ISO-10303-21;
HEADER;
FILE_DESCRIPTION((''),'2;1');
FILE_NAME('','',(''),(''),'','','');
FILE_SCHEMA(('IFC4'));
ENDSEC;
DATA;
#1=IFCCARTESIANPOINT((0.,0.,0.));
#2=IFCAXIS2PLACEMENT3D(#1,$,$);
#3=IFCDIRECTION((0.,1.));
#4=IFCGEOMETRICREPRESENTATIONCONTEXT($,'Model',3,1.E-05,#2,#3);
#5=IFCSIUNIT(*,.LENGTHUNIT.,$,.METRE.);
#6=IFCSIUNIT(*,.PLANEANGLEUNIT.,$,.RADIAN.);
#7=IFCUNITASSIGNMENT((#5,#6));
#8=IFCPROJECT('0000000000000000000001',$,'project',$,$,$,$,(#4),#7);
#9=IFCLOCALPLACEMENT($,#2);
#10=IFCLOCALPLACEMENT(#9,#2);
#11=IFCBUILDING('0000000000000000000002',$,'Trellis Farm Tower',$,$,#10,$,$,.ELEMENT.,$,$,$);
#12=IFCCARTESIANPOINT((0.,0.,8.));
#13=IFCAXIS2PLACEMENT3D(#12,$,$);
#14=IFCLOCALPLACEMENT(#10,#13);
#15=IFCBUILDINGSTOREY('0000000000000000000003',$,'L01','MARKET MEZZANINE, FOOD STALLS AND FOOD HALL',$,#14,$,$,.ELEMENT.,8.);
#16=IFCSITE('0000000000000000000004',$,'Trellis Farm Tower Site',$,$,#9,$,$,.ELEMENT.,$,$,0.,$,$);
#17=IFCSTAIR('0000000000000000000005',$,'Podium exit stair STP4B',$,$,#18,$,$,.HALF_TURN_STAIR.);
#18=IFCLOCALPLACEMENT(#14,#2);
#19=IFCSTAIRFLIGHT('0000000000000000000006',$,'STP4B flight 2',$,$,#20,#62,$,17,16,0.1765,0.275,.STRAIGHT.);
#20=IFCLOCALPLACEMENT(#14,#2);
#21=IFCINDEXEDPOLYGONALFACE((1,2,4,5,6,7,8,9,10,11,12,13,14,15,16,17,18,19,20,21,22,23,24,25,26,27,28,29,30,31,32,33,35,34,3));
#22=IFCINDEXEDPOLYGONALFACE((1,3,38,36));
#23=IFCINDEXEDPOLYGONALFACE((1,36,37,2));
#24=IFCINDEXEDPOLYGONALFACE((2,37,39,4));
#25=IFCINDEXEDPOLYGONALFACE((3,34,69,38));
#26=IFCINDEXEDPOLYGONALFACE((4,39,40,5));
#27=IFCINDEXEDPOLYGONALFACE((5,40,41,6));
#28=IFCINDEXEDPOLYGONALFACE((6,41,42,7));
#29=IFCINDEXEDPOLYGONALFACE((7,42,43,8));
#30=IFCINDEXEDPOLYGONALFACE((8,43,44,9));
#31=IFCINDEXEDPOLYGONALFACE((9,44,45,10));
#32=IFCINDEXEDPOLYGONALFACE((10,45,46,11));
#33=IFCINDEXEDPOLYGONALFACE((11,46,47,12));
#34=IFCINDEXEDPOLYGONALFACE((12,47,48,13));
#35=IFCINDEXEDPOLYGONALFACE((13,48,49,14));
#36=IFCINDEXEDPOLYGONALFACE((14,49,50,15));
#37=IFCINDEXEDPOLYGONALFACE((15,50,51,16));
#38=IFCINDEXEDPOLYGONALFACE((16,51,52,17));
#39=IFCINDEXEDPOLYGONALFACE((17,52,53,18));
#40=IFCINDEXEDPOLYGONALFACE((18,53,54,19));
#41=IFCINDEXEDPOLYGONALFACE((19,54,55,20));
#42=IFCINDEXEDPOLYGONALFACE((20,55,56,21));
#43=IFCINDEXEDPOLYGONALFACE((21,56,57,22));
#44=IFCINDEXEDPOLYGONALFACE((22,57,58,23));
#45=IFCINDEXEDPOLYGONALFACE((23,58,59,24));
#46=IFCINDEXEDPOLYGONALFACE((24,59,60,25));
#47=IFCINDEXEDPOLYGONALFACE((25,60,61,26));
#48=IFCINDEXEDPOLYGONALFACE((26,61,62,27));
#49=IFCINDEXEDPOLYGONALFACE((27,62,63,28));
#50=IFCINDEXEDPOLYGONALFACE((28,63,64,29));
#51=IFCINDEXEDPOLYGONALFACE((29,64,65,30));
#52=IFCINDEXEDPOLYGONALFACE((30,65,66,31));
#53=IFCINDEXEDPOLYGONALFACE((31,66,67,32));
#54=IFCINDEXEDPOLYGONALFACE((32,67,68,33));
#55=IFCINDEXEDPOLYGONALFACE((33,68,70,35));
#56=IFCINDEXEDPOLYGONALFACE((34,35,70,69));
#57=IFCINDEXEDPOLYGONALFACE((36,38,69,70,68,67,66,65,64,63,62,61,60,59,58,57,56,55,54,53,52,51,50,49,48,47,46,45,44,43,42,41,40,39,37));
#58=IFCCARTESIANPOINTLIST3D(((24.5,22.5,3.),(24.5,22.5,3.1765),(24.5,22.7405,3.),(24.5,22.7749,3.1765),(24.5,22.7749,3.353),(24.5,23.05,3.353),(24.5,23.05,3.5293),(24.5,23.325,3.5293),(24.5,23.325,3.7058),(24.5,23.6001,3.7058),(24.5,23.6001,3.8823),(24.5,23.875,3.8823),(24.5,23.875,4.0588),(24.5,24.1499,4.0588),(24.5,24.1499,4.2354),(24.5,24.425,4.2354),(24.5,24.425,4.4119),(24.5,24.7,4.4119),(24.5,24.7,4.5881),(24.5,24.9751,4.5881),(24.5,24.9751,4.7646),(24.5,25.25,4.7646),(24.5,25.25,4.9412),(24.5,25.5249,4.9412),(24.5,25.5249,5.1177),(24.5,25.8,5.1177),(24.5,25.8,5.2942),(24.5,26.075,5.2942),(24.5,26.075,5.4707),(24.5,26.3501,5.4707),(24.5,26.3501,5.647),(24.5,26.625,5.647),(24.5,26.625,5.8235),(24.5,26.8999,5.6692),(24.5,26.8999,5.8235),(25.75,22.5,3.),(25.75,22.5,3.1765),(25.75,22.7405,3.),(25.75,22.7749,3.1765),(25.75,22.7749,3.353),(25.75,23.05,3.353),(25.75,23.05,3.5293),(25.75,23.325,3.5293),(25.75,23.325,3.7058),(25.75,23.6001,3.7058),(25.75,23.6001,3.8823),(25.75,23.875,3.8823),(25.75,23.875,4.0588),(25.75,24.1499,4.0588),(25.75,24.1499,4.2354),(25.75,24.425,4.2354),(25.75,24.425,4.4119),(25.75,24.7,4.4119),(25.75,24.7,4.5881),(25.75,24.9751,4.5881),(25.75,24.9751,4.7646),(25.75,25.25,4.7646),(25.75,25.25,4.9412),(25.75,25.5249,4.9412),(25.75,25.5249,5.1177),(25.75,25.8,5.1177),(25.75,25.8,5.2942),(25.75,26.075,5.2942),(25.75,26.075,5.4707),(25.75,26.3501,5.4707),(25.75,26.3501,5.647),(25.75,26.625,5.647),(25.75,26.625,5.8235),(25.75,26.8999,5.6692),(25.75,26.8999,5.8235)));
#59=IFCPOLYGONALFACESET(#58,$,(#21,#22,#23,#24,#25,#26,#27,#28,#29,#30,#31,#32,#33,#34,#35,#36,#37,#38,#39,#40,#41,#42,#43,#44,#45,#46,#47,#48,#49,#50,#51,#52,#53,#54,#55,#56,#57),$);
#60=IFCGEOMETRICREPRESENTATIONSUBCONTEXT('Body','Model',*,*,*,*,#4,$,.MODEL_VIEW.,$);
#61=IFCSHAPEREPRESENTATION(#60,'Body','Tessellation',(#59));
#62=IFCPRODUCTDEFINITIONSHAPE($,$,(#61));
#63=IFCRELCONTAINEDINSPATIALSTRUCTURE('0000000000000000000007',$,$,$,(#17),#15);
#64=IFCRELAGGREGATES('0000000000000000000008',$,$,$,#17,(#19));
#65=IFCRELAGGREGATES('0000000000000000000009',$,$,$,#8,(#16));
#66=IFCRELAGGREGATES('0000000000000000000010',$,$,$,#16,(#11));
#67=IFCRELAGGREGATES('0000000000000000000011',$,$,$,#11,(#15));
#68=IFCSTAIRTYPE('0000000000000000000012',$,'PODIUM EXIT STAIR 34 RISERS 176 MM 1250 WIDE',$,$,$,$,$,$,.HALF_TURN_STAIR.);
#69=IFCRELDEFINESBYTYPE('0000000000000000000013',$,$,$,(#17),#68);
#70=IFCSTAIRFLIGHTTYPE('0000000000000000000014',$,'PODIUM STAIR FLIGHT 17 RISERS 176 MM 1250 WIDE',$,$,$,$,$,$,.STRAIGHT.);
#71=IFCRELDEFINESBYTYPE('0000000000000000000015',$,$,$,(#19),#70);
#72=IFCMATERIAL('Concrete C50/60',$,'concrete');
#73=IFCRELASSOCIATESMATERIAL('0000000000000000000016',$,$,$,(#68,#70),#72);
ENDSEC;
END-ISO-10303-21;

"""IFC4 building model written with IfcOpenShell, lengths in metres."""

from ifc_helpers import new_model, si_unit, direction, frame, origin, place, context, subcontext, project, spatial, polyline, outline, extrude, source, transform, mapped, material, type_object, element, aggregate, save


model = new_model("IFC4")

# Units and contexts
model_context = context("Model", 3, precision=1e-05, world=origin(), true_north=direction((0.0, 1.0)))
body_context = subcontext(model_context, "Body", "Model", "MODEL_VIEW")
ifc_project = project(units=[si_unit("LENGTHUNIT", "METRE"), si_unit("PLANEANGLEUNIT", "RADIAN")], contexts=[model_context])

# Site, building, storey
site_placement = place(None, origin())
site = spatial("IfcSite", under=ifc_project, at=site_placement, Name="Trellis Farm Tower Site", CompositionType="ELEMENT", RefElevation=0.0)
building_placement = place(site_placement, origin())
building = spatial("IfcBuilding", under=site, at=building_placement, Name="Trellis Farm Tower", CompositionType="ELEMENT")
storey_placement = place(building_placement, frame((0.0, 0.0, 8.0)))
storey = spatial("IfcBuildingStorey", under=building, at=storey_placement, Name="L01", Description="MARKET MEZZANINE, FOOD STALLS AND FOOD HALL", CompositionType="ELEMENT", Elevation=8.0)

# Stair, stair flight
ifc_material_1 = material(Name="Concrete C50/60", Category="concrete")
stair_type = type_object("IfcStairType", Name="PODIUM EXIT STAIR 34 RISERS 176 MM 1250 WIDE", PredefinedType="HALF_TURN_STAIR", material=ifc_material_1)
placement = place(storey_placement, origin())
stair_flight_type = type_object("IfcStairFlightType", Name="PODIUM STAIR FLIGHT 17 RISERS 176 MM 1250 WIDE", PredefinedType="STRAIGHT", material=ifc_material_1)
shared_shape_1 = source(origin(), body_context, "Body", "SweptSolid", [
    extrude(outline(polyline([(0.0, 0.0), (0.0, 0.1765), (0.2749, 0.1765), (0.2749, 0.353), (0.55, 0.353), (0.55, 0.5293), (0.825, 0.5293), (0.825, 0.7058), (1.1001, 0.7058), (1.1001, 0.8823), (1.375, 0.8823), (1.375, 1.0588), (1.6499, 1.0588), (1.6499, 1.2354), (1.925, 1.2354), (1.925, 1.4119), (2.2, 1.4119), (2.2, 1.5881), (2.4751, 1.5881), (2.4751, 1.7646), (2.75, 1.7646), (2.75, 1.9412), (3.0249, 1.9412), (3.0249, 2.1177), (3.3, 2.1177), (3.3, 2.2942), (3.575, 2.2942), (3.575, 2.4707), (3.8501, 2.4707), (3.8501, 2.647), (4.125, 2.647), (4.125, 2.8235), (4.3999, 2.8235), (4.3999, 3.0), (4.3999, 2.6692), (0.2405, 0.0), (0.0, 0.0)])), frame((0.0, 0.625, 0.0), z_axis=(0.0, -1.0, 0.0), x_axis=(1.0, 0.0, 0.0)), (0.0, 0.0, 1.0), 1.25),
])
stair_1 = element("IfcStair", 1, at=placement, inside=storey, type_object=stair_type, Name="Podium exit stair STP4B", PredefinedType="HALF_TURN_STAIR")
stair_flight_1_placement = place(storey_placement, frame((25.125, 22.5, 3.0), z_axis=(0.0, 0.0, 1.0), x_axis=(0.0, 1.0, 0.0)))
stair_flight_1 = element("IfcStairFlight", 2, at=stair_flight_1_placement, type_object=stair_flight_type, Name="STP4B flight 2", NumberOfRisers=17, NumberOfTreads=16, PredefinedType="STRAIGHT", RiserHeight=0.1765, TreadLength=0.275, context=body_context, shape_type="MappedRepresentation", body=[
    mapped(shared_shape_1, transform((0.0, 0.0, 0.0))),
])
aggregate(stair_1, [stair_flight_1])

save(model, "model.ifc")
